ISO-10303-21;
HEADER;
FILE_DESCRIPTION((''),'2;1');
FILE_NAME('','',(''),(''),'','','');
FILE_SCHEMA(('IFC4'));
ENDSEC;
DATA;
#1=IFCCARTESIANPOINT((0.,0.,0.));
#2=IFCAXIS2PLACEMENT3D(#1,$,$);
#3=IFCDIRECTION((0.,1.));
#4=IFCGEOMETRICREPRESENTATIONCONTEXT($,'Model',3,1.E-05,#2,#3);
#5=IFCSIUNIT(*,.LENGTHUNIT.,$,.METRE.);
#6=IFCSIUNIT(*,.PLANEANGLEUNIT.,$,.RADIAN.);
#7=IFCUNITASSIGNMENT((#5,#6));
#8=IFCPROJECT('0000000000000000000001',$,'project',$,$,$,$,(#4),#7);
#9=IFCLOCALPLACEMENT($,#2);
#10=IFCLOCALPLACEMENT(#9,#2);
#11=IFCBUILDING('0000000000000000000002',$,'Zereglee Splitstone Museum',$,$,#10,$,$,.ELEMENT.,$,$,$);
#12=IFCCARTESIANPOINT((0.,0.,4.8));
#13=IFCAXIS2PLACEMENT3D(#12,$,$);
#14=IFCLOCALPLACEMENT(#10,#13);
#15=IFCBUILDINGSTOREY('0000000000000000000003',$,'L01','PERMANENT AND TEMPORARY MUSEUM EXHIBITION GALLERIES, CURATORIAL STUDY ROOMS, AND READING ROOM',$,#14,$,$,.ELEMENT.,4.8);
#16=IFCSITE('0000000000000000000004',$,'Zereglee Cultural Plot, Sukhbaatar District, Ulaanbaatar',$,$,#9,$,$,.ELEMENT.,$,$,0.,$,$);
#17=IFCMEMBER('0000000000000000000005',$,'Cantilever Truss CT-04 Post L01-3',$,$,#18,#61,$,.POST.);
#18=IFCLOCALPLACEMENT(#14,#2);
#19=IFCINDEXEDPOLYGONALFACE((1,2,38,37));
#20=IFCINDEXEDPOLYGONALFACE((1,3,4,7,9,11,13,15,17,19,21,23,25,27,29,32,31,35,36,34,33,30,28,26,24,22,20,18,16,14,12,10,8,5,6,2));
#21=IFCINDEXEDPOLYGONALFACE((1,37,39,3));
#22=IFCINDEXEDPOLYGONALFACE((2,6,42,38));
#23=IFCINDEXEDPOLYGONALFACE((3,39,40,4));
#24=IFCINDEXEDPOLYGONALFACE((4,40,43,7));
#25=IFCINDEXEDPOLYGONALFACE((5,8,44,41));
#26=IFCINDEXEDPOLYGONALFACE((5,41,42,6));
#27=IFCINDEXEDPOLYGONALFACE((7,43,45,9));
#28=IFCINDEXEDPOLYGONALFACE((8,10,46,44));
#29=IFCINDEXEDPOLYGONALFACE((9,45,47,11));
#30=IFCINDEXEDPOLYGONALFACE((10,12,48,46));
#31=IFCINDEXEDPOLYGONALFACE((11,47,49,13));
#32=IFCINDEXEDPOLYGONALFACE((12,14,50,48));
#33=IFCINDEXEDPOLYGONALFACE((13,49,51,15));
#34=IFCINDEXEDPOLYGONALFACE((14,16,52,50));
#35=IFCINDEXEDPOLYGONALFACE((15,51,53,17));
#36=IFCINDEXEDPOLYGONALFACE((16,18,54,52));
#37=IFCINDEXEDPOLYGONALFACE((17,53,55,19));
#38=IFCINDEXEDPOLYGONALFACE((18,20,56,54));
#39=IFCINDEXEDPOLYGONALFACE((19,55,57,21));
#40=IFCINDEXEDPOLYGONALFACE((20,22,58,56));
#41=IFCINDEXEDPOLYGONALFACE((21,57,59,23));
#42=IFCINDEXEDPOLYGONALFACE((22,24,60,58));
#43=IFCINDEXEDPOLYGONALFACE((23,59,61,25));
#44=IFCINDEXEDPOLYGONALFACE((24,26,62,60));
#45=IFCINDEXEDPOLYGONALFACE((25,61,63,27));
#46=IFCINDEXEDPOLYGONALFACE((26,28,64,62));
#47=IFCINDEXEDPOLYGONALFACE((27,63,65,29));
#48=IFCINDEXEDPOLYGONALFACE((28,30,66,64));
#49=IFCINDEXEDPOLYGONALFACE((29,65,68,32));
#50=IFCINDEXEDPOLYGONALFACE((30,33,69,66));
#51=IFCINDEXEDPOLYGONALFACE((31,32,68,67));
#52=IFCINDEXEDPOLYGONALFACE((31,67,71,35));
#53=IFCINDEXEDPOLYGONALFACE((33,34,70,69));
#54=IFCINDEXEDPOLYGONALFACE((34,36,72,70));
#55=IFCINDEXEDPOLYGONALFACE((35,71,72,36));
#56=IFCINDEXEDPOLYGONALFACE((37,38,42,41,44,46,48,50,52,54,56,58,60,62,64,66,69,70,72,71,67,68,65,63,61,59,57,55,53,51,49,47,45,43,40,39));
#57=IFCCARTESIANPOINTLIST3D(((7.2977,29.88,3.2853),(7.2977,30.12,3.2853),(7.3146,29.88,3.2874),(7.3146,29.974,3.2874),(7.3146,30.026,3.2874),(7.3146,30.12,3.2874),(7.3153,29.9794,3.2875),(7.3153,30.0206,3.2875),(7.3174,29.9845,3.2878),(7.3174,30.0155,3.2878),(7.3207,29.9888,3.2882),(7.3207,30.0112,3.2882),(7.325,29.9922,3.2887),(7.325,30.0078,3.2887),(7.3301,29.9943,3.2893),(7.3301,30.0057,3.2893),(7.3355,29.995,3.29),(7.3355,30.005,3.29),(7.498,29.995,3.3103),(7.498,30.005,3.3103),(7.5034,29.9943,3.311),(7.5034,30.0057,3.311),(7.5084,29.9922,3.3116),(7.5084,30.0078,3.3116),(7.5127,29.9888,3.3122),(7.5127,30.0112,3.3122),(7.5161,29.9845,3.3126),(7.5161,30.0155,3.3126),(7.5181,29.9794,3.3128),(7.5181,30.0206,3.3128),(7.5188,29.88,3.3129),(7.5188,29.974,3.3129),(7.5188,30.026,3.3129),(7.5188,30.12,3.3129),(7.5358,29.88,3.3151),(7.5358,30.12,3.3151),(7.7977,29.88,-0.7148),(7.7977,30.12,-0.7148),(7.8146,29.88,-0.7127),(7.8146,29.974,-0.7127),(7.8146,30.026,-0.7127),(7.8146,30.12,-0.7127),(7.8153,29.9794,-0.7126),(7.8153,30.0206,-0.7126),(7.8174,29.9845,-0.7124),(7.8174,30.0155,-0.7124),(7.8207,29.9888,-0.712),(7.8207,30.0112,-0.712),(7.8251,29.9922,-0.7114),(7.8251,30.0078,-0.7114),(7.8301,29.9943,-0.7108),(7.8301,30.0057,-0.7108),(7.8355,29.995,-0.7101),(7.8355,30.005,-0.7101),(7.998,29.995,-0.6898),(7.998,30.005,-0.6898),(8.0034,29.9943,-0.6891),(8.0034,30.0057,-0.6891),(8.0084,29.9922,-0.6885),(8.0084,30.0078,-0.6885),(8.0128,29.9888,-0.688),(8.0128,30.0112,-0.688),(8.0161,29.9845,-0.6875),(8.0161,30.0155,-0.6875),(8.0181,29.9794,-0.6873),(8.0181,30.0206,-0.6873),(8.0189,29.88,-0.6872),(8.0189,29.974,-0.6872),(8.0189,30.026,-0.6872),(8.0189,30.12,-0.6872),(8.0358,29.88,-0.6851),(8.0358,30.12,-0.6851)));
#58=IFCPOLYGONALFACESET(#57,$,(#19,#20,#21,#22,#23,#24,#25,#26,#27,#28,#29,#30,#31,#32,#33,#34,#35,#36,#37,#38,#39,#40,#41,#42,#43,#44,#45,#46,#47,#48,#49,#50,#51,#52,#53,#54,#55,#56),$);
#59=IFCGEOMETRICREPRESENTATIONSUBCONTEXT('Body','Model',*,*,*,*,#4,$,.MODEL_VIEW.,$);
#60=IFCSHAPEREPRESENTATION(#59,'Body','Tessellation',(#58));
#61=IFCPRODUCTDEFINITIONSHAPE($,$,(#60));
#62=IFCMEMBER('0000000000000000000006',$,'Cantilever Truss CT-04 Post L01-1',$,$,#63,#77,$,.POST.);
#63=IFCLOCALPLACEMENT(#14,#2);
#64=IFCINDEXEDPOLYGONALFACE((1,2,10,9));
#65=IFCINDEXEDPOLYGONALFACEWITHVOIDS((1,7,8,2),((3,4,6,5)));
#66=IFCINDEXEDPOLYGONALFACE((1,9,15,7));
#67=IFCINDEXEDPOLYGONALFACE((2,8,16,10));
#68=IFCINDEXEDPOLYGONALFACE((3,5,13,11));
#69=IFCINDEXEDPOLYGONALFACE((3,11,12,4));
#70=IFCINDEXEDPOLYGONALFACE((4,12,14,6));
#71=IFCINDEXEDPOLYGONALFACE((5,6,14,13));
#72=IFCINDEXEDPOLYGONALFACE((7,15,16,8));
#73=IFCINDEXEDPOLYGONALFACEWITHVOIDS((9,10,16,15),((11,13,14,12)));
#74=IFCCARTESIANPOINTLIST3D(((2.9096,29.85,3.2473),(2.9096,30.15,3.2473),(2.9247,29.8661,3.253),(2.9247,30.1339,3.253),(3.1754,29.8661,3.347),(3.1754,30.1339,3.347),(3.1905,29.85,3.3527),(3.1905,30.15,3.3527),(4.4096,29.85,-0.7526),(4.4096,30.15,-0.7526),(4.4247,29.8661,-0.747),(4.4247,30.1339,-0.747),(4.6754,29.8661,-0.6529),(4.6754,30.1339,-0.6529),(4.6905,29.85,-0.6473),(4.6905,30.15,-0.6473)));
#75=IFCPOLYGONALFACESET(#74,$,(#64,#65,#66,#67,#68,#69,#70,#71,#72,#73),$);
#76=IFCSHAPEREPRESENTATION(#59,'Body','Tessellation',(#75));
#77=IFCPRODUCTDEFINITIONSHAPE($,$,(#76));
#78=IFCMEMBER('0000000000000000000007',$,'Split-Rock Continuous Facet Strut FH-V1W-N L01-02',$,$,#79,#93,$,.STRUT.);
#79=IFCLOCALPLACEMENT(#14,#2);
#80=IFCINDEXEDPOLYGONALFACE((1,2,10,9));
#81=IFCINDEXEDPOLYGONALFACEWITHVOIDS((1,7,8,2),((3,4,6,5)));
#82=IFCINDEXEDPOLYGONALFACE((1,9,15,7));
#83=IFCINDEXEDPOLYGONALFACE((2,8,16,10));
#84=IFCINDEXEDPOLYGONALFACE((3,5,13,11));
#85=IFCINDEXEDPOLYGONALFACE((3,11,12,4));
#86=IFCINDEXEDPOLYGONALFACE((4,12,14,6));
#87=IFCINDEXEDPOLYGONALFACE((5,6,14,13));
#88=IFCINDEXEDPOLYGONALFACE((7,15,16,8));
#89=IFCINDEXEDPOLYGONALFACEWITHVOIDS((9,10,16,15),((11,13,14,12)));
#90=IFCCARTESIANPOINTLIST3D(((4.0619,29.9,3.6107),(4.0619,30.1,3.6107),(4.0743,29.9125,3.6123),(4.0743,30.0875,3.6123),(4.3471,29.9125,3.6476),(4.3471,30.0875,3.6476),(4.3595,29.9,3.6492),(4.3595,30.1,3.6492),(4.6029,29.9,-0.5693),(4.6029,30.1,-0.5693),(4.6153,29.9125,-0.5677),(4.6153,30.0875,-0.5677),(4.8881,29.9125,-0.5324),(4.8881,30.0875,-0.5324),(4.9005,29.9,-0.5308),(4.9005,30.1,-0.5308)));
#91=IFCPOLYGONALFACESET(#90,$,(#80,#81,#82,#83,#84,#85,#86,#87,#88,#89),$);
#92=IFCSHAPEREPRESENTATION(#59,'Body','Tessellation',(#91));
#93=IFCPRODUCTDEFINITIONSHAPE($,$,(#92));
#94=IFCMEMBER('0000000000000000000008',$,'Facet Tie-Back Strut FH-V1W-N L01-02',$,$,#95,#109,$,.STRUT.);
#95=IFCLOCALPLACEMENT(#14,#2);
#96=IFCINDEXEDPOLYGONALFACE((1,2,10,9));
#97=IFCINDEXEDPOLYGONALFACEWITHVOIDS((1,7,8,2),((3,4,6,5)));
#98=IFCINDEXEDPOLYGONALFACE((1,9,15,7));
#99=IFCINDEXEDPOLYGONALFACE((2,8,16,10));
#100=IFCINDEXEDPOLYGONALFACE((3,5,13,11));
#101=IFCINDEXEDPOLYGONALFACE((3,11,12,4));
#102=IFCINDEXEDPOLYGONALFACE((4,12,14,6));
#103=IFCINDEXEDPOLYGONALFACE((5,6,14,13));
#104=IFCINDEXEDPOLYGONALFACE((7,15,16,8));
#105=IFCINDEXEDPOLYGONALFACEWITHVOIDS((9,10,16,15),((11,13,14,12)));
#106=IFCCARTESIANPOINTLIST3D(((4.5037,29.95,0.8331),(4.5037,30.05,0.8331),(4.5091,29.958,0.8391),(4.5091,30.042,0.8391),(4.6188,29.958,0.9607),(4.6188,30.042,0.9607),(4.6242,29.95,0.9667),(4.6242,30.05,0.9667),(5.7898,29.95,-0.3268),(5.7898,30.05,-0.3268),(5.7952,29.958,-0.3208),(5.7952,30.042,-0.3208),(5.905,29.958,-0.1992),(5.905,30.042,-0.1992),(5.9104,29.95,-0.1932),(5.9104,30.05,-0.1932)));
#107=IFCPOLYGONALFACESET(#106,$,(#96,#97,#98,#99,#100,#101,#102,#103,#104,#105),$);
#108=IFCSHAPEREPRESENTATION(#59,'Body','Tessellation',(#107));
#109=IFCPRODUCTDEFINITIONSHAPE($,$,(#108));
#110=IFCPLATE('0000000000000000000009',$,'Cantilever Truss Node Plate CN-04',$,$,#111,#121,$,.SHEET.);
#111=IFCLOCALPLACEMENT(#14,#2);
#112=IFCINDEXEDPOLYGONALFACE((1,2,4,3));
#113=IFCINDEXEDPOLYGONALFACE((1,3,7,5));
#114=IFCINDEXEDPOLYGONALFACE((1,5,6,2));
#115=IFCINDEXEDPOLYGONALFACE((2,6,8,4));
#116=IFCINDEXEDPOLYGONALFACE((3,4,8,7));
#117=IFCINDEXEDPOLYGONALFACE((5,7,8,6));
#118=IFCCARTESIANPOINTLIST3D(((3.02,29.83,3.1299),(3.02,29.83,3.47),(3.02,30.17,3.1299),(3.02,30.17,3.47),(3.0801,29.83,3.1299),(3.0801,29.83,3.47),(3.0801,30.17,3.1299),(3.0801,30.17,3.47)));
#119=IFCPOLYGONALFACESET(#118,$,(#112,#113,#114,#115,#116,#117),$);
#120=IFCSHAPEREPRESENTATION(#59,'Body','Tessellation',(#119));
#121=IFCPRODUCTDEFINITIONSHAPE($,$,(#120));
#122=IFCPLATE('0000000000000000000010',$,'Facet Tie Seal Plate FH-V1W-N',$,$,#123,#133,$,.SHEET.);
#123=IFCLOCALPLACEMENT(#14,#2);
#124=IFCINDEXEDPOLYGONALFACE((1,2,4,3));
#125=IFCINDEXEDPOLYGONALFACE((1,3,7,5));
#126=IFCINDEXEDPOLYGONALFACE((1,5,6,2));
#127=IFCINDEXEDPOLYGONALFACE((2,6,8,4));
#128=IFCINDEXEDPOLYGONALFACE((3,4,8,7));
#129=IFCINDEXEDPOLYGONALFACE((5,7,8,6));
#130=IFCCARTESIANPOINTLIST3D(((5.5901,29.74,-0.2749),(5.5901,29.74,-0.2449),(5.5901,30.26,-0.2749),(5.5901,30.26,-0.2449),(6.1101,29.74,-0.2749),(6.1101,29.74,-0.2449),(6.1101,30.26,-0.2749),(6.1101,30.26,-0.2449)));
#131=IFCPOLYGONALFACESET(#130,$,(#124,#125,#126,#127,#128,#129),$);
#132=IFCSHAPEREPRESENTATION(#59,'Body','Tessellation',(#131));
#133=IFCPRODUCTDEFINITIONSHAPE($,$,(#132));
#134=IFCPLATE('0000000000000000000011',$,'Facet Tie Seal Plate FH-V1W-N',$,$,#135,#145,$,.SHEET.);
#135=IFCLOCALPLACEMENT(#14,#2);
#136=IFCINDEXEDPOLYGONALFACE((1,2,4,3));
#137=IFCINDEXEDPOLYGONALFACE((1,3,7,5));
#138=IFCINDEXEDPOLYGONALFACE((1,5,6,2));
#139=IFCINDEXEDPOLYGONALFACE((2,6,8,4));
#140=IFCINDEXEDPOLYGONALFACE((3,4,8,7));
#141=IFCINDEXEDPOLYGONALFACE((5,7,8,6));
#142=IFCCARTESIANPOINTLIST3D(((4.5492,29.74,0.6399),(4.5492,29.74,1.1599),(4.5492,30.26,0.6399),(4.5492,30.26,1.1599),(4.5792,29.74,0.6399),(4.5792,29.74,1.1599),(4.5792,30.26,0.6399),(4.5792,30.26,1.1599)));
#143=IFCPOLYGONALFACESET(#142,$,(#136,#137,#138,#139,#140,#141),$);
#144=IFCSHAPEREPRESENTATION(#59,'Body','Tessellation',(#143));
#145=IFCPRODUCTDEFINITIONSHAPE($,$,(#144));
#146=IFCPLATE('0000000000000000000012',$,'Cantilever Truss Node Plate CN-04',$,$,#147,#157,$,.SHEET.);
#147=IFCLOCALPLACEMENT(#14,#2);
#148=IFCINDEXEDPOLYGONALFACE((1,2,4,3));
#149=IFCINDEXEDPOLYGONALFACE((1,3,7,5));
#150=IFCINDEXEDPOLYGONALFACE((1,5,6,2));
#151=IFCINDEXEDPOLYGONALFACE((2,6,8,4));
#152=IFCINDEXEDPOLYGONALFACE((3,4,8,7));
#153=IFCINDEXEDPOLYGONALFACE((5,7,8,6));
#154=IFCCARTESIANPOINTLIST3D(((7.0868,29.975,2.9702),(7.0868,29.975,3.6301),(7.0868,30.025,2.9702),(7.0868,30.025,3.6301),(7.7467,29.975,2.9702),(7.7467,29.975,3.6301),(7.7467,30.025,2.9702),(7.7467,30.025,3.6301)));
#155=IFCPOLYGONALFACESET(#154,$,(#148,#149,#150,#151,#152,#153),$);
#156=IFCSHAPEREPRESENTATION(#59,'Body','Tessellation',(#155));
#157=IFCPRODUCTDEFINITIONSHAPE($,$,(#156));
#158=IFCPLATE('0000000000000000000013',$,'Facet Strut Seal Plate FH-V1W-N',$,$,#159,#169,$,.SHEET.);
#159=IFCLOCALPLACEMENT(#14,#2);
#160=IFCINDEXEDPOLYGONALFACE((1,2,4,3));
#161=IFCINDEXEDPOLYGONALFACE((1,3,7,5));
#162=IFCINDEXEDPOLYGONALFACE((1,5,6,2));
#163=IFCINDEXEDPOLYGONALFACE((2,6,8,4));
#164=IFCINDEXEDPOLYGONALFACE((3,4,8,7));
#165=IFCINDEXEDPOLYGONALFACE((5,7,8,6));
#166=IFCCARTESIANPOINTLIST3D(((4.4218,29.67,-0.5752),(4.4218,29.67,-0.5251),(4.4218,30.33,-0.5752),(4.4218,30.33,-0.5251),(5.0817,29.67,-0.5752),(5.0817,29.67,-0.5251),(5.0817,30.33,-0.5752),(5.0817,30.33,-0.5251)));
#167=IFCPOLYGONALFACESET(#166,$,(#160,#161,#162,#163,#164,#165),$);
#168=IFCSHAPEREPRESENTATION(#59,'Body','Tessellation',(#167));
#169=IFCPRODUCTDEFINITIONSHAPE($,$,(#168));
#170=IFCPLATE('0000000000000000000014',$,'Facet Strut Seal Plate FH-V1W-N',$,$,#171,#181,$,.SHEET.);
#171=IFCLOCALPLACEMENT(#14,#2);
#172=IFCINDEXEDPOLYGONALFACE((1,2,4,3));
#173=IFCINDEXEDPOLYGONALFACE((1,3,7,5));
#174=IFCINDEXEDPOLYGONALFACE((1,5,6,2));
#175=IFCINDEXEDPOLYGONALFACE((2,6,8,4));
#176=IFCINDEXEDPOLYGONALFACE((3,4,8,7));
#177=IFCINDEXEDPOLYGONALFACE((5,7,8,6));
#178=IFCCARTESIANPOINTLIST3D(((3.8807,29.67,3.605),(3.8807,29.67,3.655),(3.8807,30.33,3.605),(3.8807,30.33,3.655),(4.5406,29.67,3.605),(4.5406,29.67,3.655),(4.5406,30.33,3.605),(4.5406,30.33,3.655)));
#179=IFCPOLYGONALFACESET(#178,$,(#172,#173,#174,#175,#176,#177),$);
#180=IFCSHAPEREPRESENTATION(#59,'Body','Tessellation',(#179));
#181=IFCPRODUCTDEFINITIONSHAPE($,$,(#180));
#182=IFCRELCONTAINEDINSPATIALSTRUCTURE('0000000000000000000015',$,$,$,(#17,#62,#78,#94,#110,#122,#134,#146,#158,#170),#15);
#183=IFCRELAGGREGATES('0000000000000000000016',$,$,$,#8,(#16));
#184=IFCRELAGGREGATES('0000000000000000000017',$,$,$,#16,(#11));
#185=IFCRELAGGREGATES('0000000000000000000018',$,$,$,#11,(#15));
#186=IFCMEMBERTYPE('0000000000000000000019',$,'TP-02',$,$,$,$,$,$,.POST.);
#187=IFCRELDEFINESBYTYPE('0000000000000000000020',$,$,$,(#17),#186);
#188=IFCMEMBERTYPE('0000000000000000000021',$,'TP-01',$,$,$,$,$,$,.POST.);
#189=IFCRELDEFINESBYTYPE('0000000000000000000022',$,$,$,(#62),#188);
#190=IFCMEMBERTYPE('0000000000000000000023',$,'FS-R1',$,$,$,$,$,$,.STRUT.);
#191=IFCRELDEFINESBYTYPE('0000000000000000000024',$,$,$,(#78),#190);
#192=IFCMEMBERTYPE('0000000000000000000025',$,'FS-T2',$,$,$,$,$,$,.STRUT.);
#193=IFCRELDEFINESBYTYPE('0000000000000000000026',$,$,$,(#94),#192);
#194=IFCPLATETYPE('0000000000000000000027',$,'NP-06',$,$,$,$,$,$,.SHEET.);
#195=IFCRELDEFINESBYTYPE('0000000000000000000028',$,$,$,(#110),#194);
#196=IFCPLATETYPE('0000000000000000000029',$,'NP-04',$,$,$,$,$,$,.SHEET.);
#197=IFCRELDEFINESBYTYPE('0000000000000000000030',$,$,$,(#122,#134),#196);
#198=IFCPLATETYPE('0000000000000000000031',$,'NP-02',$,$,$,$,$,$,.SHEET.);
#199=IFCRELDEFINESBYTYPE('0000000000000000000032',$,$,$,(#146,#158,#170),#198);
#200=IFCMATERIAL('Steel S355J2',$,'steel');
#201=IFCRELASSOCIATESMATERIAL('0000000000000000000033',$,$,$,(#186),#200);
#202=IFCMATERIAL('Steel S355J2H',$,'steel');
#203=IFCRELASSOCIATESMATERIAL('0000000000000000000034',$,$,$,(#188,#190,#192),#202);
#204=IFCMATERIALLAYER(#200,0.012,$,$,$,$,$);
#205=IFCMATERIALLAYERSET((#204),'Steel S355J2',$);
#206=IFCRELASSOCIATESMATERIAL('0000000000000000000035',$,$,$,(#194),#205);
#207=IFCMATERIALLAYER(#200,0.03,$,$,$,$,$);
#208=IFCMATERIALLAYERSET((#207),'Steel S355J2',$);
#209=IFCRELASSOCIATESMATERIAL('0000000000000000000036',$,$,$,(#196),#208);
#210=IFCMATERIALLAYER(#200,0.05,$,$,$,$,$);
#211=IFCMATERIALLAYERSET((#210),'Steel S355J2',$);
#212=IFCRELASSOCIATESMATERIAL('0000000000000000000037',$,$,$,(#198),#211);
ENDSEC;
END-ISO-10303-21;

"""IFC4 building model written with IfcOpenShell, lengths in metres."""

from ifc_helpers import new_model, si_unit, direction, frame, origin, origin_2d, place, context, subcontext, project, spatial, rectangle, hollow_rectangle, i_section, extrude, material, layer, layer_set, material_profile, profile_set, type_object, element, save


model = new_model("IFC4")

# Units and contexts
model_context = context("Model", 3, precision=1e-05, world=origin(), true_north=direction((0.0, 1.0)))
body_context = subcontext(model_context, "Body", "Model", "MODEL_VIEW")
ifc_project = project(units=[si_unit("LENGTHUNIT", "METRE"), si_unit("PLANEANGLEUNIT", "RADIAN")], contexts=[model_context])

# Site, building, storey
site_placement = place(None, origin())
site = spatial("IfcSite", under=ifc_project, at=site_placement, Name="Zereglee Cultural Plot, Sukhbaatar District, Ulaanbaatar", CompositionType="ELEMENT", RefElevation=0.0)
building_placement = place(site_placement, origin())
building = spatial("IfcBuilding", under=site, at=building_placement, Name="Zereglee Splitstone Museum", CompositionType="ELEMENT")
storey_placement = place(building_placement, frame((0.0, 0.0, 4.8)))
storey = spatial("IfcBuildingStorey", under=building, at=storey_placement, Name="L01", Description="PERMANENT AND TEMPORARY MUSEUM EXHIBITION GALLERIES, CURATORIAL STUDY ROOMS, AND READING ROOM", CompositionType="ELEMENT", Elevation=4.8)

# Shared definitions
ifc_material_1 = material(Name="Steel S355J2H", Category="steel")

# Shared definitions
ifc_material_2 = material(Name="Steel S355J2", Category="steel")

# Members
ifc_material_profile_1 = material_profile(ifc_material_2, i_section(OverallWidth=0.24, OverallDepth=0.24, WebThickness=0.01, FlangeThickness=0.0171, FilletRadius=0.021, at=origin_2d()), Name="HE 240 B")
ifc_profile_set_1 = profile_set([ifc_material_profile_1], Name="Steel S355J2")
member_type_1 = type_object("IfcMemberType", Name="TP-02", PredefinedType="POST", material=ifc_profile_set_1)
member_1_placement = place(storey_placement, frame((7.9167, 30.0, -0.7), z_axis=(-0.124035, 0.0, 0.992278), x_axis=(0.0, -1.0, 0.0)))
element("IfcMember", 1, at=member_1_placement, inside=storey, type_object=member_type_1, Name="Cantilever Truss CT-04 Post L01-3", PredefinedType="POST", context=body_context, shape_type="SweptSolid", body=[
    extrude(i_section(OverallWidth=0.24, OverallDepth=0.24, WebThickness=0.01, FlangeThickness=0.0171, FilletRadius=0.021, at=origin_2d()), origin(), (0.0, 0.0, 1.0), 4.0312),
])
ifc_material_profile_2 = material_profile(ifc_material_1, hollow_rectangle(XDim=0.3, YDim=0.3, WallThickness=0.0161, at=origin_2d()), Name="SHS 300x300x16")
ifc_profile_set_2 = profile_set([ifc_material_profile_2], Name="Steel S355J2H")
member_type_2 = type_object("IfcMemberType", Name="TP-01", PredefinedType="POST", material=ifc_profile_set_2)
member_2_placement = place(storey_placement, frame((4.55, 30.0, -0.7), z_axis=(-0.351123, 0.0, 0.936329), x_axis=(0.0, -1.0, 0.0)))
element("IfcMember", 2, at=member_2_placement, inside=storey, type_object=member_type_2, Name="Cantilever Truss CT-04 Post L01-1", PredefinedType="POST", context=body_context, shape_type="SweptSolid", body=[
    extrude(hollow_rectangle(XDim=0.3, YDim=0.3, WallThickness=0.0161, at=origin_2d()), origin(), (0.0, 0.0, 1.0), 4.272),
])
ifc_material_profile_3 = material_profile(ifc_material_1, hollow_rectangle(XDim=0.2, YDim=0.3, WallThickness=0.0125, at=origin_2d()), Name="RHS 300x200x12.5")
ifc_profile_set_3 = profile_set([ifc_material_profile_3], Name="Steel S355J2H")
member_type_3 = type_object("IfcMemberType", Name="FS-R1", PredefinedType="STRUT", material=ifc_profile_set_3)
member_3_placement = place(storey_placement, frame((4.7517, 30.0, -0.55), z_axis=(-0.128361, 0.0, 0.991728), x_axis=(0.0, -1.0, 0.0)))
element("IfcMember", 3, at=member_3_placement, inside=storey, type_object=member_type_3, Name="Split-Rock Continuous Facet Strut FH-V1W-N L01-02", PredefinedType="STRUT", context=body_context, shape_type="SweptSolid", body=[
    extrude(hollow_rectangle(XDim=0.2, YDim=0.3, WallThickness=0.0125, at=origin_2d()), origin(), (0.0, 0.0, 1.0), 4.2148),
])
ifc_material_profile_4 = material_profile(ifc_material_1, hollow_rectangle(XDim=0.1001, YDim=0.1799, WallThickness=0.0081, at=origin_2d()), Name="RHS 180x100x8")
ifc_profile_set_4 = profile_set([ifc_material_profile_4], Name="Steel S355J2H")
member_type_4 = type_object("IfcMemberType", Name="FS-T2", PredefinedType="STRUT", material=ifc_profile_set_4)
member_4_placement = place(storey_placement, frame((5.8501, 30.0, -0.26), z_axis=(-0.742607, 0.0, 0.669728), x_axis=(0.0, -1.0, 0.0)))
element("IfcMember", 4, at=member_4_placement, inside=storey, type_object=member_type_4, Name="Facet Tie-Back Strut FH-V1W-N L01-02", PredefinedType="STRUT", context=body_context, shape_type="SweptSolid", body=[
    extrude(hollow_rectangle(XDim=0.1001, YDim=0.1799, WallThickness=0.0081, at=origin_2d()), origin(), (0.0, 0.0, 1.0), 1.7319),
])

# Plates
ifc_layer_1 = layer(ifc_material_2, 0.012)
ifc_layer_set_1 = layer_set([ifc_layer_1], Name="Steel S355J2")
plate_type_1 = type_object("IfcPlateType", Name="NP-06", PredefinedType="SHEET", material=ifc_layer_set_1)
plate_1_placement = place(storey_placement, frame((3.05, 30.0, 3.1299), z_axis=(0.0, 0.0, 1.0), x_axis=(1.0, 0.0, 0.0)))
element("IfcPlate", 5, at=plate_1_placement, inside=storey, type_object=plate_type_1, Name="Cantilever Truss Node Plate CN-04", PredefinedType="SHEET", context=body_context, shape_type="SweptSolid", body=[
    extrude(rectangle(XDim=0.0601, YDim=0.3401, at=origin_2d()), origin(), (0.0, 0.0, 1.0), 0.3401),
])
ifc_layer_2 = layer(ifc_material_2, 0.03)
ifc_layer_set_2 = layer_set([ifc_layer_2], Name="Steel S355J2")
plate_type_2 = type_object("IfcPlateType", Name="NP-04", PredefinedType="SHEET", material=ifc_layer_set_2)
plate_2_placement = place(storey_placement, frame((5.8501, 30.0, -0.2749), z_axis=(0.0, 0.0, 1.0), x_axis=(1.0, 0.0, 0.0)))
element("IfcPlate", 6, at=plate_2_placement, inside=storey, type_object=plate_type_2, Name="Facet Tie Seal Plate FH-V1W-N", PredefinedType="SHEET", context=body_context, shape_type="SweptSolid", body=[
    extrude(rectangle(XDim=0.52, YDim=0.52, at=origin_2d()), origin(), (0.0, 0.0, 1.0), 0.03),
])
plate_3_placement = place(storey_placement, frame((4.5642, 30.0, 0.6399), z_axis=(0.0, 0.0, 1.0), x_axis=(1.0, 0.0, 0.0)))
element("IfcPlate", 7, at=plate_3_placement, inside=storey, type_object=plate_type_2, Name="Facet Tie Seal Plate FH-V1W-N", PredefinedType="SHEET", context=body_context, shape_type="SweptSolid", body=[
    extrude(rectangle(XDim=0.03, YDim=0.52, at=origin_2d()), origin(), (0.0, 0.0, 1.0), 0.52),
])
ifc_layer_3 = layer(ifc_material_2, 0.05)
ifc_layer_set_3 = layer_set([ifc_layer_3], Name="Steel S355J2")
plate_type_3 = type_object("IfcPlateType", Name="NP-02", PredefinedType="SHEET", material=ifc_layer_set_3)
plate_4_placement = place(storey_placement, frame((7.4167, 30.0, 2.9702), z_axis=(0.0, 0.0, 1.0), x_axis=(1.0, 0.0, 0.0)))
element("IfcPlate", 8, at=plate_4_placement, inside=storey, type_object=plate_type_3, Name="Cantilever Truss Node Plate CN-04", PredefinedType="SHEET", context=body_context, shape_type="SweptSolid", body=[
    extrude(rectangle(XDim=0.6599, YDim=0.05, at=origin_2d()), origin(), (0.0, 0.0, 1.0), 0.6599),
])
for number, where, z_axis, x_axis, name in (
    (9, (4.7517, 30.0, -0.5752), (0.0, 0.0, 1.0), (1.0, 0.0, 0.0), "Facet Strut Seal Plate FH-V1W-N"),
    (10, (4.2107, 30.0, 3.605), (0.0, 0.0, 1.0), (1.0, 0.0, 0.0), "Facet Strut Seal Plate FH-V1W-N"),
):
    element("IfcPlate", number, at=place(storey_placement, frame(where, z_axis=z_axis, x_axis=x_axis)), inside=storey, type_object=plate_type_3, Name=name, PredefinedType="SHEET", context=body_context, shape_type="SweptSolid", body=[
        extrude(rectangle(XDim=0.6599, YDim=0.6599, at=origin_2d()), origin(), (0.0, 0.0, 1.0), 0.05),
    ])

save(model, "model.ifc")
